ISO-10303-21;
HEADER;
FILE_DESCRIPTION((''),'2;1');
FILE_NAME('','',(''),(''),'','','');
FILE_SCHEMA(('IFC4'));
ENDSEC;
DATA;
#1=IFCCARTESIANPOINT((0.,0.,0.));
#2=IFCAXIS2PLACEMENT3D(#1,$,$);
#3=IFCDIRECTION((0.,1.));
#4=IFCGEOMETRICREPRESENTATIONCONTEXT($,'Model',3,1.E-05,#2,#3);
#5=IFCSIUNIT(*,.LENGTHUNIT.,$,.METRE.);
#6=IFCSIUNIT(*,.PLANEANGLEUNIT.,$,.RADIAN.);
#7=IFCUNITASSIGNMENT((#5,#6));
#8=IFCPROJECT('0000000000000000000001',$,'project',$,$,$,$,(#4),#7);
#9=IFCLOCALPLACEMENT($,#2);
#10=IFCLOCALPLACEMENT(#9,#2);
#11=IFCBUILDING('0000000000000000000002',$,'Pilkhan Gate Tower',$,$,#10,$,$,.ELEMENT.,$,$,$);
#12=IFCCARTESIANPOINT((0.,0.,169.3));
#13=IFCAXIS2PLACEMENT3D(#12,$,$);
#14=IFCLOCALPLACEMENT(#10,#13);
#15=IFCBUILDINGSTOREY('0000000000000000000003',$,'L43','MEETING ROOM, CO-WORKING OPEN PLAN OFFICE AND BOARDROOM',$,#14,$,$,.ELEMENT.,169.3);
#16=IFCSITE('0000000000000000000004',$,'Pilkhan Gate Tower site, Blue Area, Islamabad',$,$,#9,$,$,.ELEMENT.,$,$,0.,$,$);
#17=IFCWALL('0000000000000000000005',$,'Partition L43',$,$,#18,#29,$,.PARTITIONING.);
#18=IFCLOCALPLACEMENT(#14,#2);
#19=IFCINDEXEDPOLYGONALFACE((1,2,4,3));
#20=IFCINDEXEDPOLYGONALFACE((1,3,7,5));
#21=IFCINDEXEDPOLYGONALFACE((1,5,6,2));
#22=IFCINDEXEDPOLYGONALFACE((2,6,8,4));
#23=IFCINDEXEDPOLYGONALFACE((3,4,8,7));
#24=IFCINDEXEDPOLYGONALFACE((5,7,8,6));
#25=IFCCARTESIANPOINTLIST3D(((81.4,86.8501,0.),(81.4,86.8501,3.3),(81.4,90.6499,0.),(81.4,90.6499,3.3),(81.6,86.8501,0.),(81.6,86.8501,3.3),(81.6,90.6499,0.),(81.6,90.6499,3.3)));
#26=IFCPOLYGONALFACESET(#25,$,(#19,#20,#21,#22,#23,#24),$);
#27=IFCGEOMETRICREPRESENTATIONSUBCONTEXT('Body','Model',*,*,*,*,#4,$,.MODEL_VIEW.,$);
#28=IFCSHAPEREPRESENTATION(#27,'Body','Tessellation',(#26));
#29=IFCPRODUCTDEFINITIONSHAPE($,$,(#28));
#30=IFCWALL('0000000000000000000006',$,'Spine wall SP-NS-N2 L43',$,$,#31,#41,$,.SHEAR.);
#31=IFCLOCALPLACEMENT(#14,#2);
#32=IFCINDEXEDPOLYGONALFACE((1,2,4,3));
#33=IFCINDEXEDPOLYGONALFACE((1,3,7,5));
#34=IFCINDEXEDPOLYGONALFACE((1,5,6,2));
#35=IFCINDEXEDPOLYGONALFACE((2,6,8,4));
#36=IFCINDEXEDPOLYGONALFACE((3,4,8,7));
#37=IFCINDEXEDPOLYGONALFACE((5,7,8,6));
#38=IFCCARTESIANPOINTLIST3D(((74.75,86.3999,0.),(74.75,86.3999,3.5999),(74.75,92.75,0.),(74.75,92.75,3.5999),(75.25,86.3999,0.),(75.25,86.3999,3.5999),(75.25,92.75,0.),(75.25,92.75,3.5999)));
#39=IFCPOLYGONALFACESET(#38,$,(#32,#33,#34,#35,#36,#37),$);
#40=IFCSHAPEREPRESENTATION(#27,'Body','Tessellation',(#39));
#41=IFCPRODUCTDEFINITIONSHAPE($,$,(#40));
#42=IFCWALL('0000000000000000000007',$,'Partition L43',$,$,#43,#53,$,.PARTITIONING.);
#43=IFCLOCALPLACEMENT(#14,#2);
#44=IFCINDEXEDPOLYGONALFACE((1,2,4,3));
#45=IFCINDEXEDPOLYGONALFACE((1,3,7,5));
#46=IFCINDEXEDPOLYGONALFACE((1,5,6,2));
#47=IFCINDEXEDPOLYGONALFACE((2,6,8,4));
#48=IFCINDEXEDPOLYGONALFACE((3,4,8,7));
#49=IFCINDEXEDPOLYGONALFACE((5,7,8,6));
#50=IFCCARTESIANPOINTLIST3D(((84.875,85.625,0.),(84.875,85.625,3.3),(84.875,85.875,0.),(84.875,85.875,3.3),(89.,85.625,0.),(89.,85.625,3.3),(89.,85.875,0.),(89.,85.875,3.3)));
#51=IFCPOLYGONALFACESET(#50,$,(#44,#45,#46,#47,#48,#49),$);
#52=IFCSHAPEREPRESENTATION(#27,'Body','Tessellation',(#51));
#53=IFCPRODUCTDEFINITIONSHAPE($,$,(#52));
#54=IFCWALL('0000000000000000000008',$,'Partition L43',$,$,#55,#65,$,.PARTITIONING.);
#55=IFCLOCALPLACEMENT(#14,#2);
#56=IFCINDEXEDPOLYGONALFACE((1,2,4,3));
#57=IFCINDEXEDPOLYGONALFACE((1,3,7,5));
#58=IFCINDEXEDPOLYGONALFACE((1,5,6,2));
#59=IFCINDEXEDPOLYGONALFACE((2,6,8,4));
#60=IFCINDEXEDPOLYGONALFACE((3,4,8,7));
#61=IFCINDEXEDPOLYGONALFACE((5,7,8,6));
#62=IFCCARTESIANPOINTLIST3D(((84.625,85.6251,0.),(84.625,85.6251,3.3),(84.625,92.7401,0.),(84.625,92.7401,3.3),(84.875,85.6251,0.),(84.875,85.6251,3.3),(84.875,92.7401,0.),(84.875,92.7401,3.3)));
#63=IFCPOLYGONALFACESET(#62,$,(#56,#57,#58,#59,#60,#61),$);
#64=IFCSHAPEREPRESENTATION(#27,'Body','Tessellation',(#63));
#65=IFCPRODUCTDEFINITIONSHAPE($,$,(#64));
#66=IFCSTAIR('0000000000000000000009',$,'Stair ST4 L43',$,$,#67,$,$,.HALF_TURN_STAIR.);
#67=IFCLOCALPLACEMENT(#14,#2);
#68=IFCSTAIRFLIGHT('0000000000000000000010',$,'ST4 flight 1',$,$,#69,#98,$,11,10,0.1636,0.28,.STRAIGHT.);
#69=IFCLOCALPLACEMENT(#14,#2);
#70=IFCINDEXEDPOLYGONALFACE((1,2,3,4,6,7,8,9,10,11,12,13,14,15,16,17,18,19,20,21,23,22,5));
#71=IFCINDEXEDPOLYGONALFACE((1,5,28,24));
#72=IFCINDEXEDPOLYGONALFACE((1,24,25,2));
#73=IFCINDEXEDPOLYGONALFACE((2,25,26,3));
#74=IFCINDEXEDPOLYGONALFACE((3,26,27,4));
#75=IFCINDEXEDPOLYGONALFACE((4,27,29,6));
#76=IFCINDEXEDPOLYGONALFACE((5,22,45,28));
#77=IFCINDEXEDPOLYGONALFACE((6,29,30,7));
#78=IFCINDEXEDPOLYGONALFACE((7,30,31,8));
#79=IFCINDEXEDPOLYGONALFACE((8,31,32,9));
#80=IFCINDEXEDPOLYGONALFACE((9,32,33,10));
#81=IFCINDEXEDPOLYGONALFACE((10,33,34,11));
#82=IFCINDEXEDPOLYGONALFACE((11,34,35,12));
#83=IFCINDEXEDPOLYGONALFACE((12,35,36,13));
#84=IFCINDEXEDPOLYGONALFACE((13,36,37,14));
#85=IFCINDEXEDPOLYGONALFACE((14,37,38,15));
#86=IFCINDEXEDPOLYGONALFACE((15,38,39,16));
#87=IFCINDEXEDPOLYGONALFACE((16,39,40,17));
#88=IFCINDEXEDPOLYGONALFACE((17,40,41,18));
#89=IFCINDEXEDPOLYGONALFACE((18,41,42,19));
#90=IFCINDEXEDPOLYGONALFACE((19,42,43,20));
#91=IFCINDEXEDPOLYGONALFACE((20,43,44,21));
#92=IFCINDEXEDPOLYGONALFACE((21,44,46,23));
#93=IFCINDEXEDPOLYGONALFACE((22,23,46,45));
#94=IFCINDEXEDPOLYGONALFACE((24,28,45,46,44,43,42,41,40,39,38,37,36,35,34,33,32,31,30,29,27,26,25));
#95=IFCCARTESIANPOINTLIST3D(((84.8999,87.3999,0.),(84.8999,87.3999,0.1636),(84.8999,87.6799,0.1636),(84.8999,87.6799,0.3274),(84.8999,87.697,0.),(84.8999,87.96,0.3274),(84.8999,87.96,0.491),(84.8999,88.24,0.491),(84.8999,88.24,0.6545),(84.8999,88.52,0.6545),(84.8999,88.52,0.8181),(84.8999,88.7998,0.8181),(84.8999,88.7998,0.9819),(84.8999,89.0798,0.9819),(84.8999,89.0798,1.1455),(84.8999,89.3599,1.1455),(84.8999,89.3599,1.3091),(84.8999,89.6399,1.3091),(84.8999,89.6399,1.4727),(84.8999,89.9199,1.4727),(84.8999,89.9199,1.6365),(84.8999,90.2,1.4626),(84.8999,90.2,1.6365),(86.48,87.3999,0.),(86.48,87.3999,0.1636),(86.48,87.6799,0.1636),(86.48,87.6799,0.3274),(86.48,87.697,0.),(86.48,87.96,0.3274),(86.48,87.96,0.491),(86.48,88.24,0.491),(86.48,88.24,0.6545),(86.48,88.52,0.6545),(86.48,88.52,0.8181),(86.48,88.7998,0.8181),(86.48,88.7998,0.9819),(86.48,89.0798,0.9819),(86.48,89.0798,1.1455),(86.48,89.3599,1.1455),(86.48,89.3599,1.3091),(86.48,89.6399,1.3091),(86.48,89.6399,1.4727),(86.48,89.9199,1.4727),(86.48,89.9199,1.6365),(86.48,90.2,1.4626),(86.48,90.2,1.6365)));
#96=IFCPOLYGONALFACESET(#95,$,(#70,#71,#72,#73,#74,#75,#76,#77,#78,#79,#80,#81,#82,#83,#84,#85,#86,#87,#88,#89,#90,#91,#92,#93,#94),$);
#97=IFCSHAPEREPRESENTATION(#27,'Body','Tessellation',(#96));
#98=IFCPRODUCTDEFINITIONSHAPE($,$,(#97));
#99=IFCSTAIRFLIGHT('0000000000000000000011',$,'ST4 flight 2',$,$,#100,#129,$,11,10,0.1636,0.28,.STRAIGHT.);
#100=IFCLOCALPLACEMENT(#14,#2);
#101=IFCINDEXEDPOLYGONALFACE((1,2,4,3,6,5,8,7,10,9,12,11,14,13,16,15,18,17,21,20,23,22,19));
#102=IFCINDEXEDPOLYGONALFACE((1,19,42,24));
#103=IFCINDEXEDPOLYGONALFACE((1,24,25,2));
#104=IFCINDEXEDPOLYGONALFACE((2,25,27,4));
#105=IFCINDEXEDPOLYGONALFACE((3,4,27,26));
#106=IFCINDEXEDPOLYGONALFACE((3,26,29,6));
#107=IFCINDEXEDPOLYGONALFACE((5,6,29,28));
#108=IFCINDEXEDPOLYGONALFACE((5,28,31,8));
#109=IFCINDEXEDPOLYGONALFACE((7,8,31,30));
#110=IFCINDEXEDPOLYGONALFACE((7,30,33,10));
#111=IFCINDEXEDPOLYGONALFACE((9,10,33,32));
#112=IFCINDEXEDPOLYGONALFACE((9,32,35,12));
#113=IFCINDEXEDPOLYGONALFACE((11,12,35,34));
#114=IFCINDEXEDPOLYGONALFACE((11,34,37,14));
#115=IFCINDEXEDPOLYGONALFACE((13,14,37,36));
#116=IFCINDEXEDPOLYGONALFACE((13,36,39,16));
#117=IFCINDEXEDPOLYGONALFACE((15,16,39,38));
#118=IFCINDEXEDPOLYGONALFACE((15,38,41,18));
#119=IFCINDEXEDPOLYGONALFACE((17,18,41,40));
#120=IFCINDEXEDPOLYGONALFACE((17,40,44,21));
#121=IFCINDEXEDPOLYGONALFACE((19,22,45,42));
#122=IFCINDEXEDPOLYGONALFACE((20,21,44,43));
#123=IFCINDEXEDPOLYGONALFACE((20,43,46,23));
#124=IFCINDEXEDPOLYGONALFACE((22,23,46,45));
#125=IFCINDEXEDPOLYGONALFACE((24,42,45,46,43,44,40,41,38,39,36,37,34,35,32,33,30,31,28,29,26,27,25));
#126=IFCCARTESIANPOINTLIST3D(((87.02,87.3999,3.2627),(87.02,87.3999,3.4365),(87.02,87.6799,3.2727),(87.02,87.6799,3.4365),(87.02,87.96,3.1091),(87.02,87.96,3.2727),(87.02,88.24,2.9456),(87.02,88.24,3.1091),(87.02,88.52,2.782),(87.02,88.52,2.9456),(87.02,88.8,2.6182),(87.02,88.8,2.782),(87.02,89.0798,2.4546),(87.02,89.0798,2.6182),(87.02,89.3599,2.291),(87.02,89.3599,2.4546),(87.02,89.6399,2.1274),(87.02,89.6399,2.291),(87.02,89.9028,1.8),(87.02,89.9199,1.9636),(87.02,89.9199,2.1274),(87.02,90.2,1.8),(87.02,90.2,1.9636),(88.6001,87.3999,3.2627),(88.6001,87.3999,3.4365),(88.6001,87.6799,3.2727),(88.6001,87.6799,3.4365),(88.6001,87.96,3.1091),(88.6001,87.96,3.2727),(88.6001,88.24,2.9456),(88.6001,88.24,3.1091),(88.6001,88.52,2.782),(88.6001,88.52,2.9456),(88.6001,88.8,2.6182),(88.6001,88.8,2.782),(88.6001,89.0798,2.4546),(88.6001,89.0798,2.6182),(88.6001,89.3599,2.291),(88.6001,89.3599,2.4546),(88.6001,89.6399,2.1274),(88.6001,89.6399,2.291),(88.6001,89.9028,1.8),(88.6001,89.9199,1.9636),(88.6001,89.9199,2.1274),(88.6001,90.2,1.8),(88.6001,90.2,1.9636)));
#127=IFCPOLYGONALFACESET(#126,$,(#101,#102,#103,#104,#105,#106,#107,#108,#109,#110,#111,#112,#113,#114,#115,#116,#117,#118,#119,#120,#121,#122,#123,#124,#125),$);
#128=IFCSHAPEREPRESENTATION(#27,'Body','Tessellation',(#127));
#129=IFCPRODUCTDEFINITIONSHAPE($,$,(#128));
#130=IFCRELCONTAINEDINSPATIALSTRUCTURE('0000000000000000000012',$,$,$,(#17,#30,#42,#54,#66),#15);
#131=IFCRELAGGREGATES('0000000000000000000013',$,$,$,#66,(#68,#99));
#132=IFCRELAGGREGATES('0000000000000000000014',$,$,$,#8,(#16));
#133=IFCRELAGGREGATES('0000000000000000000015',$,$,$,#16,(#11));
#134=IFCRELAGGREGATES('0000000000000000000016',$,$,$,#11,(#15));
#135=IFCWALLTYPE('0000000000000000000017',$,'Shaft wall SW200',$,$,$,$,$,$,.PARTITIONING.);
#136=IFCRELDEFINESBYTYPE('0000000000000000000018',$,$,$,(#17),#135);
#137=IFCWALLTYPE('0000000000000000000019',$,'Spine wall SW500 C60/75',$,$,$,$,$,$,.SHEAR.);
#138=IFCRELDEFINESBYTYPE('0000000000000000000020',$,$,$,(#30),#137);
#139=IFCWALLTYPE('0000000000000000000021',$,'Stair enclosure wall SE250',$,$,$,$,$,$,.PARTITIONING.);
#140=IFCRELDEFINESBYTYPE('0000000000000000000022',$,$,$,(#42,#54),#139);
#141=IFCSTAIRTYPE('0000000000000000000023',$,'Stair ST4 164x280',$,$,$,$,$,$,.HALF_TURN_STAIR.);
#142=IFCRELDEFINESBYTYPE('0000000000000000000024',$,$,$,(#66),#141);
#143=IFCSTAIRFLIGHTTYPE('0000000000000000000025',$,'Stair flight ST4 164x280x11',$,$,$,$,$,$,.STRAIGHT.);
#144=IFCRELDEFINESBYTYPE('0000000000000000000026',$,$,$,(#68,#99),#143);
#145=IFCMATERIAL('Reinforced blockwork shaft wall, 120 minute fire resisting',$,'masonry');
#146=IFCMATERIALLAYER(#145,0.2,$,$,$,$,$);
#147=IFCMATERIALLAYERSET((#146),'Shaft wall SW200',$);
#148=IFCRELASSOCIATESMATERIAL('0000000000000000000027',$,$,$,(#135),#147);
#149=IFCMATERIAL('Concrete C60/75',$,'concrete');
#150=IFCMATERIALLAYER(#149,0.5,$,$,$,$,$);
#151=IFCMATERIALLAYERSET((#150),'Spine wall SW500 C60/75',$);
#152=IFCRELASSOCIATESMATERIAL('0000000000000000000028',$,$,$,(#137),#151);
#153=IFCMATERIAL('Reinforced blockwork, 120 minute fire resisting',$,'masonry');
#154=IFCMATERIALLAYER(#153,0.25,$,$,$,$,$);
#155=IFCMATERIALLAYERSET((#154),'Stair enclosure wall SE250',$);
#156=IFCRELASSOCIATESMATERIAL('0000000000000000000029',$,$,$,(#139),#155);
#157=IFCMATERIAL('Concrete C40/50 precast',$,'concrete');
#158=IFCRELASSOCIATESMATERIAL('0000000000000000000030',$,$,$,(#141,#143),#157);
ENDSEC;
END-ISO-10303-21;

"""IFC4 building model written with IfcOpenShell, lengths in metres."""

from ifc_helpers import new_model, si_unit, direction, frame, frame_2d, origin, place, context, subcontext, project, spatial, polyline, rectangle, outline, extrude, material, layer, layer_set, type_object, element, aggregate, save


model = new_model("IFC4")

# Units and contexts
model_context = context("Model", 3, precision=1e-05, world=origin(), true_north=direction((0.0, 1.0)))
body_context = subcontext(model_context, "Body", "Model", "MODEL_VIEW")
ifc_project = project(units=[si_unit("LENGTHUNIT", "METRE"), si_unit("PLANEANGLEUNIT", "RADIAN")], contexts=[model_context])

# Site, building, storey
site_placement = place(None, origin())
site = spatial("IfcSite", under=ifc_project, at=site_placement, Name="Pilkhan Gate Tower site, Blue Area, Islamabad", CompositionType="ELEMENT", RefElevation=0.0)
building_placement = place(site_placement, origin())
building = spatial("IfcBuilding", under=site, at=building_placement, Name="Pilkhan Gate Tower", CompositionType="ELEMENT")
storey_placement = place(building_placement, frame((0.0, 0.0, 169.3)))
storey = spatial("IfcBuildingStorey", under=building, at=storey_placement, Name="L43", Description="MEETING ROOM, CO-WORKING OPEN PLAN OFFICE AND BOARDROOM", CompositionType="ELEMENT", Elevation=169.3)

# Shared definitions
ifc_material_1 = material(Name="Reinforced blockwork shaft wall, 120 minute fire resisting", Category="masonry")
ifc_layer_1 = layer(ifc_material_1, 0.2)
ifc_layer_set_1 = layer_set([ifc_layer_1], Name="Shaft wall SW200")
wall_type_1 = type_object("IfcWallType", Name="Shaft wall SW200", PredefinedType="PARTITIONING", material=ifc_layer_set_1)

# Walls
for number, where, z_axis, x_axis, name in (
    (1, (81.5, 86.8501, 0.0), (0.0, 0.0, 1.0), (0.0, 1.0, 0.0), "Partition L43"),
):
    element("IfcWall", number, at=place(storey_placement, frame(where, z_axis=z_axis, x_axis=x_axis)), inside=storey, type_object=wall_type_1, Name=name, PredefinedType="PARTITIONING", context=body_context, shape_type="SweptSolid", body=[
        extrude(rectangle(XDim=3.7998, YDim=0.2, at=frame_2d((1.8999, 0.0))), origin(), (0.0, 0.0, 1.0), 3.3),
    ])
ifc_material_2 = material(Name="Concrete C60/75", Category="concrete")
ifc_layer_2 = layer(ifc_material_2, 0.5)
ifc_layer_set_2 = layer_set([ifc_layer_2], Name="Spine wall SW500 C60/75")
wall_type_2 = type_object("IfcWallType", Name="Spine wall SW500 C60/75", PredefinedType="SHEAR", material=ifc_layer_set_2)
wall_1_placement = place(storey_placement, frame((75.0, 86.3999, 0.0), z_axis=(0.0, 0.0, 1.0), x_axis=(0.0, 1.0, 0.0)))
element("IfcWall", 2, at=wall_1_placement, inside=storey, type_object=wall_type_2, Name="Spine wall SP-NS-N2 L43", PredefinedType="SHEAR", context=body_context, shape_type="SweptSolid", body=[
    extrude(rectangle(XDim=6.3501, YDim=0.5, at=frame_2d((3.175, 0.0))), origin(), (0.0, 0.0, 1.0), 3.5999),
])
ifc_material_3 = material(Name="Reinforced blockwork, 120 minute fire resisting", Category="masonry")
ifc_layer_3 = layer(ifc_material_3, 0.25)
ifc_layer_set_3 = layer_set([ifc_layer_3], Name="Stair enclosure wall SE250")
wall_type_3 = type_object("IfcWallType", Name="Stair enclosure wall SE250", PredefinedType="PARTITIONING", material=ifc_layer_set_3)
wall_2_placement = place(storey_placement, frame((84.875, 85.75, 0.0), z_axis=(0.0, 0.0, 1.0), x_axis=(1.0, 0.0, 0.0)))
element("IfcWall", 3, at=wall_2_placement, inside=storey, type_object=wall_type_3, Name="Partition L43", PredefinedType="PARTITIONING", context=body_context, shape_type="SweptSolid", body=[
    extrude(rectangle(XDim=4.125, YDim=0.25, at=frame_2d((2.0625, 0.0))), origin(), (0.0, 0.0, 1.0), 3.3),
])
wall_3_placement = place(storey_placement, frame((84.75, 85.625, 0.0), z_axis=(0.0, 0.0, 1.0), x_axis=(0.0, 1.0, 0.0)))
element("IfcWall", 4, at=wall_3_placement, inside=storey, type_object=wall_type_3, Name="Partition L43", PredefinedType="PARTITIONING", context=body_context, shape_type="SweptSolid", body=[
    extrude(rectangle(XDim=7.115, YDim=0.25, at=frame_2d((3.5576, 0.0))), origin(), (0.0, 0.0, 1.0), 3.3),
])

# Stair, stair flights
ifc_material_4 = material(Name="Concrete C40/50 precast", Category="concrete")
stair_type = type_object("IfcStairType", Name="Stair ST4 164x280", PredefinedType="HALF_TURN_STAIR", material=ifc_material_4)
stair_placement = place(storey_placement, origin())
stair = element("IfcStair", 5, at=stair_placement, inside=storey, type_object=stair_type, Name="Stair ST4 L43", PredefinedType="HALF_TURN_STAIR")
stair_flight_type = type_object("IfcStairFlightType", Name="Stair flight ST4 164x280x11", PredefinedType="STRAIGHT", material=ifc_material_4)
stair_flight_1_placement = place(storey_placement, frame((85.6899, 87.3999, 0.0), z_axis=(0.0, 0.0, 1.0), x_axis=(0.0, 1.0, 0.0)))
stair_flight_1 = element("IfcStairFlight", 6, at=stair_flight_1_placement, type_object=stair_flight_type, Name="ST4 flight 1", NumberOfRisers=11, NumberOfTreads=10, PredefinedType="STRAIGHT", RiserHeight=0.1636, TreadLength=0.28, context=body_context, shape_type="SweptSolid", body=[
    extrude(outline(polyline([(0.0, 0.0), (0.0, 0.1636), (0.28, 0.1636), (0.28, 0.3274), (0.5601, 0.3274), (0.5601, 0.491), (0.8401, 0.491), (0.8401, 0.6545), (1.1201, 0.6545), (1.1201, 0.8181), (1.3999, 0.8181), (1.3999, 0.9819), (1.6799, 0.9819), (1.6799, 1.1455), (1.96, 1.1455), (1.96, 1.3091), (2.24, 1.3091), (2.24, 1.4727), (2.52, 1.4727), (2.52, 1.6365), (2.8, 1.6365), (2.8, 1.8), (2.8, 1.4626), (0.2971, 0.0), (0.0, 0.0)])), frame((0.0, 0.79, 0.0), z_axis=(0.0, -1.0, 0.0), x_axis=(1.0, 0.0, 0.0)), (0.0, 0.0, 1.0), 1.5801),
])
stair_flight_2_placement = place(storey_placement, frame((87.8101, 90.2, 1.8), z_axis=(0.0, 0.0, 1.0), x_axis=(0.0, -1.0, 0.0)))
stair_flight_2 = element("IfcStairFlight", 7, at=stair_flight_2_placement, type_object=stair_flight_type, Name="ST4 flight 2", NumberOfRisers=11, NumberOfTreads=10, PredefinedType="STRAIGHT", RiserHeight=0.1636, TreadLength=0.28, context=body_context, shape_type="SweptSolid", body=[
    extrude(outline(polyline([(0.0, 0.0), (0.0, 0.1636), (0.28, 0.1636), (0.28, 0.3274), (0.5601, 0.3274), (0.5601, 0.491), (0.8401, 0.491), (0.8401, 0.6545), (1.1201, 0.6545), (1.1201, 0.8181), (1.3999, 0.8181), (1.3999, 0.9819), (1.6799, 0.9819), (1.6799, 1.1455), (1.96, 1.1455), (1.96, 1.3091), (2.24, 1.3091), (2.24, 1.4727), (2.52, 1.4727), (2.52, 1.6365), (2.8, 1.6365), (2.8, 1.8), (2.8, 1.4626), (0.2971, 0.0), (0.0, 0.0)])), frame((0.0, 0.79, 0.0), z_axis=(0.0, -1.0, 0.0), x_axis=(1.0, 0.0, 0.0)), (0.0, 0.0, 1.0), 1.5801),
])
aggregate(stair, [stair_flight_1, stair_flight_2])

save(model, "model.ifc")
